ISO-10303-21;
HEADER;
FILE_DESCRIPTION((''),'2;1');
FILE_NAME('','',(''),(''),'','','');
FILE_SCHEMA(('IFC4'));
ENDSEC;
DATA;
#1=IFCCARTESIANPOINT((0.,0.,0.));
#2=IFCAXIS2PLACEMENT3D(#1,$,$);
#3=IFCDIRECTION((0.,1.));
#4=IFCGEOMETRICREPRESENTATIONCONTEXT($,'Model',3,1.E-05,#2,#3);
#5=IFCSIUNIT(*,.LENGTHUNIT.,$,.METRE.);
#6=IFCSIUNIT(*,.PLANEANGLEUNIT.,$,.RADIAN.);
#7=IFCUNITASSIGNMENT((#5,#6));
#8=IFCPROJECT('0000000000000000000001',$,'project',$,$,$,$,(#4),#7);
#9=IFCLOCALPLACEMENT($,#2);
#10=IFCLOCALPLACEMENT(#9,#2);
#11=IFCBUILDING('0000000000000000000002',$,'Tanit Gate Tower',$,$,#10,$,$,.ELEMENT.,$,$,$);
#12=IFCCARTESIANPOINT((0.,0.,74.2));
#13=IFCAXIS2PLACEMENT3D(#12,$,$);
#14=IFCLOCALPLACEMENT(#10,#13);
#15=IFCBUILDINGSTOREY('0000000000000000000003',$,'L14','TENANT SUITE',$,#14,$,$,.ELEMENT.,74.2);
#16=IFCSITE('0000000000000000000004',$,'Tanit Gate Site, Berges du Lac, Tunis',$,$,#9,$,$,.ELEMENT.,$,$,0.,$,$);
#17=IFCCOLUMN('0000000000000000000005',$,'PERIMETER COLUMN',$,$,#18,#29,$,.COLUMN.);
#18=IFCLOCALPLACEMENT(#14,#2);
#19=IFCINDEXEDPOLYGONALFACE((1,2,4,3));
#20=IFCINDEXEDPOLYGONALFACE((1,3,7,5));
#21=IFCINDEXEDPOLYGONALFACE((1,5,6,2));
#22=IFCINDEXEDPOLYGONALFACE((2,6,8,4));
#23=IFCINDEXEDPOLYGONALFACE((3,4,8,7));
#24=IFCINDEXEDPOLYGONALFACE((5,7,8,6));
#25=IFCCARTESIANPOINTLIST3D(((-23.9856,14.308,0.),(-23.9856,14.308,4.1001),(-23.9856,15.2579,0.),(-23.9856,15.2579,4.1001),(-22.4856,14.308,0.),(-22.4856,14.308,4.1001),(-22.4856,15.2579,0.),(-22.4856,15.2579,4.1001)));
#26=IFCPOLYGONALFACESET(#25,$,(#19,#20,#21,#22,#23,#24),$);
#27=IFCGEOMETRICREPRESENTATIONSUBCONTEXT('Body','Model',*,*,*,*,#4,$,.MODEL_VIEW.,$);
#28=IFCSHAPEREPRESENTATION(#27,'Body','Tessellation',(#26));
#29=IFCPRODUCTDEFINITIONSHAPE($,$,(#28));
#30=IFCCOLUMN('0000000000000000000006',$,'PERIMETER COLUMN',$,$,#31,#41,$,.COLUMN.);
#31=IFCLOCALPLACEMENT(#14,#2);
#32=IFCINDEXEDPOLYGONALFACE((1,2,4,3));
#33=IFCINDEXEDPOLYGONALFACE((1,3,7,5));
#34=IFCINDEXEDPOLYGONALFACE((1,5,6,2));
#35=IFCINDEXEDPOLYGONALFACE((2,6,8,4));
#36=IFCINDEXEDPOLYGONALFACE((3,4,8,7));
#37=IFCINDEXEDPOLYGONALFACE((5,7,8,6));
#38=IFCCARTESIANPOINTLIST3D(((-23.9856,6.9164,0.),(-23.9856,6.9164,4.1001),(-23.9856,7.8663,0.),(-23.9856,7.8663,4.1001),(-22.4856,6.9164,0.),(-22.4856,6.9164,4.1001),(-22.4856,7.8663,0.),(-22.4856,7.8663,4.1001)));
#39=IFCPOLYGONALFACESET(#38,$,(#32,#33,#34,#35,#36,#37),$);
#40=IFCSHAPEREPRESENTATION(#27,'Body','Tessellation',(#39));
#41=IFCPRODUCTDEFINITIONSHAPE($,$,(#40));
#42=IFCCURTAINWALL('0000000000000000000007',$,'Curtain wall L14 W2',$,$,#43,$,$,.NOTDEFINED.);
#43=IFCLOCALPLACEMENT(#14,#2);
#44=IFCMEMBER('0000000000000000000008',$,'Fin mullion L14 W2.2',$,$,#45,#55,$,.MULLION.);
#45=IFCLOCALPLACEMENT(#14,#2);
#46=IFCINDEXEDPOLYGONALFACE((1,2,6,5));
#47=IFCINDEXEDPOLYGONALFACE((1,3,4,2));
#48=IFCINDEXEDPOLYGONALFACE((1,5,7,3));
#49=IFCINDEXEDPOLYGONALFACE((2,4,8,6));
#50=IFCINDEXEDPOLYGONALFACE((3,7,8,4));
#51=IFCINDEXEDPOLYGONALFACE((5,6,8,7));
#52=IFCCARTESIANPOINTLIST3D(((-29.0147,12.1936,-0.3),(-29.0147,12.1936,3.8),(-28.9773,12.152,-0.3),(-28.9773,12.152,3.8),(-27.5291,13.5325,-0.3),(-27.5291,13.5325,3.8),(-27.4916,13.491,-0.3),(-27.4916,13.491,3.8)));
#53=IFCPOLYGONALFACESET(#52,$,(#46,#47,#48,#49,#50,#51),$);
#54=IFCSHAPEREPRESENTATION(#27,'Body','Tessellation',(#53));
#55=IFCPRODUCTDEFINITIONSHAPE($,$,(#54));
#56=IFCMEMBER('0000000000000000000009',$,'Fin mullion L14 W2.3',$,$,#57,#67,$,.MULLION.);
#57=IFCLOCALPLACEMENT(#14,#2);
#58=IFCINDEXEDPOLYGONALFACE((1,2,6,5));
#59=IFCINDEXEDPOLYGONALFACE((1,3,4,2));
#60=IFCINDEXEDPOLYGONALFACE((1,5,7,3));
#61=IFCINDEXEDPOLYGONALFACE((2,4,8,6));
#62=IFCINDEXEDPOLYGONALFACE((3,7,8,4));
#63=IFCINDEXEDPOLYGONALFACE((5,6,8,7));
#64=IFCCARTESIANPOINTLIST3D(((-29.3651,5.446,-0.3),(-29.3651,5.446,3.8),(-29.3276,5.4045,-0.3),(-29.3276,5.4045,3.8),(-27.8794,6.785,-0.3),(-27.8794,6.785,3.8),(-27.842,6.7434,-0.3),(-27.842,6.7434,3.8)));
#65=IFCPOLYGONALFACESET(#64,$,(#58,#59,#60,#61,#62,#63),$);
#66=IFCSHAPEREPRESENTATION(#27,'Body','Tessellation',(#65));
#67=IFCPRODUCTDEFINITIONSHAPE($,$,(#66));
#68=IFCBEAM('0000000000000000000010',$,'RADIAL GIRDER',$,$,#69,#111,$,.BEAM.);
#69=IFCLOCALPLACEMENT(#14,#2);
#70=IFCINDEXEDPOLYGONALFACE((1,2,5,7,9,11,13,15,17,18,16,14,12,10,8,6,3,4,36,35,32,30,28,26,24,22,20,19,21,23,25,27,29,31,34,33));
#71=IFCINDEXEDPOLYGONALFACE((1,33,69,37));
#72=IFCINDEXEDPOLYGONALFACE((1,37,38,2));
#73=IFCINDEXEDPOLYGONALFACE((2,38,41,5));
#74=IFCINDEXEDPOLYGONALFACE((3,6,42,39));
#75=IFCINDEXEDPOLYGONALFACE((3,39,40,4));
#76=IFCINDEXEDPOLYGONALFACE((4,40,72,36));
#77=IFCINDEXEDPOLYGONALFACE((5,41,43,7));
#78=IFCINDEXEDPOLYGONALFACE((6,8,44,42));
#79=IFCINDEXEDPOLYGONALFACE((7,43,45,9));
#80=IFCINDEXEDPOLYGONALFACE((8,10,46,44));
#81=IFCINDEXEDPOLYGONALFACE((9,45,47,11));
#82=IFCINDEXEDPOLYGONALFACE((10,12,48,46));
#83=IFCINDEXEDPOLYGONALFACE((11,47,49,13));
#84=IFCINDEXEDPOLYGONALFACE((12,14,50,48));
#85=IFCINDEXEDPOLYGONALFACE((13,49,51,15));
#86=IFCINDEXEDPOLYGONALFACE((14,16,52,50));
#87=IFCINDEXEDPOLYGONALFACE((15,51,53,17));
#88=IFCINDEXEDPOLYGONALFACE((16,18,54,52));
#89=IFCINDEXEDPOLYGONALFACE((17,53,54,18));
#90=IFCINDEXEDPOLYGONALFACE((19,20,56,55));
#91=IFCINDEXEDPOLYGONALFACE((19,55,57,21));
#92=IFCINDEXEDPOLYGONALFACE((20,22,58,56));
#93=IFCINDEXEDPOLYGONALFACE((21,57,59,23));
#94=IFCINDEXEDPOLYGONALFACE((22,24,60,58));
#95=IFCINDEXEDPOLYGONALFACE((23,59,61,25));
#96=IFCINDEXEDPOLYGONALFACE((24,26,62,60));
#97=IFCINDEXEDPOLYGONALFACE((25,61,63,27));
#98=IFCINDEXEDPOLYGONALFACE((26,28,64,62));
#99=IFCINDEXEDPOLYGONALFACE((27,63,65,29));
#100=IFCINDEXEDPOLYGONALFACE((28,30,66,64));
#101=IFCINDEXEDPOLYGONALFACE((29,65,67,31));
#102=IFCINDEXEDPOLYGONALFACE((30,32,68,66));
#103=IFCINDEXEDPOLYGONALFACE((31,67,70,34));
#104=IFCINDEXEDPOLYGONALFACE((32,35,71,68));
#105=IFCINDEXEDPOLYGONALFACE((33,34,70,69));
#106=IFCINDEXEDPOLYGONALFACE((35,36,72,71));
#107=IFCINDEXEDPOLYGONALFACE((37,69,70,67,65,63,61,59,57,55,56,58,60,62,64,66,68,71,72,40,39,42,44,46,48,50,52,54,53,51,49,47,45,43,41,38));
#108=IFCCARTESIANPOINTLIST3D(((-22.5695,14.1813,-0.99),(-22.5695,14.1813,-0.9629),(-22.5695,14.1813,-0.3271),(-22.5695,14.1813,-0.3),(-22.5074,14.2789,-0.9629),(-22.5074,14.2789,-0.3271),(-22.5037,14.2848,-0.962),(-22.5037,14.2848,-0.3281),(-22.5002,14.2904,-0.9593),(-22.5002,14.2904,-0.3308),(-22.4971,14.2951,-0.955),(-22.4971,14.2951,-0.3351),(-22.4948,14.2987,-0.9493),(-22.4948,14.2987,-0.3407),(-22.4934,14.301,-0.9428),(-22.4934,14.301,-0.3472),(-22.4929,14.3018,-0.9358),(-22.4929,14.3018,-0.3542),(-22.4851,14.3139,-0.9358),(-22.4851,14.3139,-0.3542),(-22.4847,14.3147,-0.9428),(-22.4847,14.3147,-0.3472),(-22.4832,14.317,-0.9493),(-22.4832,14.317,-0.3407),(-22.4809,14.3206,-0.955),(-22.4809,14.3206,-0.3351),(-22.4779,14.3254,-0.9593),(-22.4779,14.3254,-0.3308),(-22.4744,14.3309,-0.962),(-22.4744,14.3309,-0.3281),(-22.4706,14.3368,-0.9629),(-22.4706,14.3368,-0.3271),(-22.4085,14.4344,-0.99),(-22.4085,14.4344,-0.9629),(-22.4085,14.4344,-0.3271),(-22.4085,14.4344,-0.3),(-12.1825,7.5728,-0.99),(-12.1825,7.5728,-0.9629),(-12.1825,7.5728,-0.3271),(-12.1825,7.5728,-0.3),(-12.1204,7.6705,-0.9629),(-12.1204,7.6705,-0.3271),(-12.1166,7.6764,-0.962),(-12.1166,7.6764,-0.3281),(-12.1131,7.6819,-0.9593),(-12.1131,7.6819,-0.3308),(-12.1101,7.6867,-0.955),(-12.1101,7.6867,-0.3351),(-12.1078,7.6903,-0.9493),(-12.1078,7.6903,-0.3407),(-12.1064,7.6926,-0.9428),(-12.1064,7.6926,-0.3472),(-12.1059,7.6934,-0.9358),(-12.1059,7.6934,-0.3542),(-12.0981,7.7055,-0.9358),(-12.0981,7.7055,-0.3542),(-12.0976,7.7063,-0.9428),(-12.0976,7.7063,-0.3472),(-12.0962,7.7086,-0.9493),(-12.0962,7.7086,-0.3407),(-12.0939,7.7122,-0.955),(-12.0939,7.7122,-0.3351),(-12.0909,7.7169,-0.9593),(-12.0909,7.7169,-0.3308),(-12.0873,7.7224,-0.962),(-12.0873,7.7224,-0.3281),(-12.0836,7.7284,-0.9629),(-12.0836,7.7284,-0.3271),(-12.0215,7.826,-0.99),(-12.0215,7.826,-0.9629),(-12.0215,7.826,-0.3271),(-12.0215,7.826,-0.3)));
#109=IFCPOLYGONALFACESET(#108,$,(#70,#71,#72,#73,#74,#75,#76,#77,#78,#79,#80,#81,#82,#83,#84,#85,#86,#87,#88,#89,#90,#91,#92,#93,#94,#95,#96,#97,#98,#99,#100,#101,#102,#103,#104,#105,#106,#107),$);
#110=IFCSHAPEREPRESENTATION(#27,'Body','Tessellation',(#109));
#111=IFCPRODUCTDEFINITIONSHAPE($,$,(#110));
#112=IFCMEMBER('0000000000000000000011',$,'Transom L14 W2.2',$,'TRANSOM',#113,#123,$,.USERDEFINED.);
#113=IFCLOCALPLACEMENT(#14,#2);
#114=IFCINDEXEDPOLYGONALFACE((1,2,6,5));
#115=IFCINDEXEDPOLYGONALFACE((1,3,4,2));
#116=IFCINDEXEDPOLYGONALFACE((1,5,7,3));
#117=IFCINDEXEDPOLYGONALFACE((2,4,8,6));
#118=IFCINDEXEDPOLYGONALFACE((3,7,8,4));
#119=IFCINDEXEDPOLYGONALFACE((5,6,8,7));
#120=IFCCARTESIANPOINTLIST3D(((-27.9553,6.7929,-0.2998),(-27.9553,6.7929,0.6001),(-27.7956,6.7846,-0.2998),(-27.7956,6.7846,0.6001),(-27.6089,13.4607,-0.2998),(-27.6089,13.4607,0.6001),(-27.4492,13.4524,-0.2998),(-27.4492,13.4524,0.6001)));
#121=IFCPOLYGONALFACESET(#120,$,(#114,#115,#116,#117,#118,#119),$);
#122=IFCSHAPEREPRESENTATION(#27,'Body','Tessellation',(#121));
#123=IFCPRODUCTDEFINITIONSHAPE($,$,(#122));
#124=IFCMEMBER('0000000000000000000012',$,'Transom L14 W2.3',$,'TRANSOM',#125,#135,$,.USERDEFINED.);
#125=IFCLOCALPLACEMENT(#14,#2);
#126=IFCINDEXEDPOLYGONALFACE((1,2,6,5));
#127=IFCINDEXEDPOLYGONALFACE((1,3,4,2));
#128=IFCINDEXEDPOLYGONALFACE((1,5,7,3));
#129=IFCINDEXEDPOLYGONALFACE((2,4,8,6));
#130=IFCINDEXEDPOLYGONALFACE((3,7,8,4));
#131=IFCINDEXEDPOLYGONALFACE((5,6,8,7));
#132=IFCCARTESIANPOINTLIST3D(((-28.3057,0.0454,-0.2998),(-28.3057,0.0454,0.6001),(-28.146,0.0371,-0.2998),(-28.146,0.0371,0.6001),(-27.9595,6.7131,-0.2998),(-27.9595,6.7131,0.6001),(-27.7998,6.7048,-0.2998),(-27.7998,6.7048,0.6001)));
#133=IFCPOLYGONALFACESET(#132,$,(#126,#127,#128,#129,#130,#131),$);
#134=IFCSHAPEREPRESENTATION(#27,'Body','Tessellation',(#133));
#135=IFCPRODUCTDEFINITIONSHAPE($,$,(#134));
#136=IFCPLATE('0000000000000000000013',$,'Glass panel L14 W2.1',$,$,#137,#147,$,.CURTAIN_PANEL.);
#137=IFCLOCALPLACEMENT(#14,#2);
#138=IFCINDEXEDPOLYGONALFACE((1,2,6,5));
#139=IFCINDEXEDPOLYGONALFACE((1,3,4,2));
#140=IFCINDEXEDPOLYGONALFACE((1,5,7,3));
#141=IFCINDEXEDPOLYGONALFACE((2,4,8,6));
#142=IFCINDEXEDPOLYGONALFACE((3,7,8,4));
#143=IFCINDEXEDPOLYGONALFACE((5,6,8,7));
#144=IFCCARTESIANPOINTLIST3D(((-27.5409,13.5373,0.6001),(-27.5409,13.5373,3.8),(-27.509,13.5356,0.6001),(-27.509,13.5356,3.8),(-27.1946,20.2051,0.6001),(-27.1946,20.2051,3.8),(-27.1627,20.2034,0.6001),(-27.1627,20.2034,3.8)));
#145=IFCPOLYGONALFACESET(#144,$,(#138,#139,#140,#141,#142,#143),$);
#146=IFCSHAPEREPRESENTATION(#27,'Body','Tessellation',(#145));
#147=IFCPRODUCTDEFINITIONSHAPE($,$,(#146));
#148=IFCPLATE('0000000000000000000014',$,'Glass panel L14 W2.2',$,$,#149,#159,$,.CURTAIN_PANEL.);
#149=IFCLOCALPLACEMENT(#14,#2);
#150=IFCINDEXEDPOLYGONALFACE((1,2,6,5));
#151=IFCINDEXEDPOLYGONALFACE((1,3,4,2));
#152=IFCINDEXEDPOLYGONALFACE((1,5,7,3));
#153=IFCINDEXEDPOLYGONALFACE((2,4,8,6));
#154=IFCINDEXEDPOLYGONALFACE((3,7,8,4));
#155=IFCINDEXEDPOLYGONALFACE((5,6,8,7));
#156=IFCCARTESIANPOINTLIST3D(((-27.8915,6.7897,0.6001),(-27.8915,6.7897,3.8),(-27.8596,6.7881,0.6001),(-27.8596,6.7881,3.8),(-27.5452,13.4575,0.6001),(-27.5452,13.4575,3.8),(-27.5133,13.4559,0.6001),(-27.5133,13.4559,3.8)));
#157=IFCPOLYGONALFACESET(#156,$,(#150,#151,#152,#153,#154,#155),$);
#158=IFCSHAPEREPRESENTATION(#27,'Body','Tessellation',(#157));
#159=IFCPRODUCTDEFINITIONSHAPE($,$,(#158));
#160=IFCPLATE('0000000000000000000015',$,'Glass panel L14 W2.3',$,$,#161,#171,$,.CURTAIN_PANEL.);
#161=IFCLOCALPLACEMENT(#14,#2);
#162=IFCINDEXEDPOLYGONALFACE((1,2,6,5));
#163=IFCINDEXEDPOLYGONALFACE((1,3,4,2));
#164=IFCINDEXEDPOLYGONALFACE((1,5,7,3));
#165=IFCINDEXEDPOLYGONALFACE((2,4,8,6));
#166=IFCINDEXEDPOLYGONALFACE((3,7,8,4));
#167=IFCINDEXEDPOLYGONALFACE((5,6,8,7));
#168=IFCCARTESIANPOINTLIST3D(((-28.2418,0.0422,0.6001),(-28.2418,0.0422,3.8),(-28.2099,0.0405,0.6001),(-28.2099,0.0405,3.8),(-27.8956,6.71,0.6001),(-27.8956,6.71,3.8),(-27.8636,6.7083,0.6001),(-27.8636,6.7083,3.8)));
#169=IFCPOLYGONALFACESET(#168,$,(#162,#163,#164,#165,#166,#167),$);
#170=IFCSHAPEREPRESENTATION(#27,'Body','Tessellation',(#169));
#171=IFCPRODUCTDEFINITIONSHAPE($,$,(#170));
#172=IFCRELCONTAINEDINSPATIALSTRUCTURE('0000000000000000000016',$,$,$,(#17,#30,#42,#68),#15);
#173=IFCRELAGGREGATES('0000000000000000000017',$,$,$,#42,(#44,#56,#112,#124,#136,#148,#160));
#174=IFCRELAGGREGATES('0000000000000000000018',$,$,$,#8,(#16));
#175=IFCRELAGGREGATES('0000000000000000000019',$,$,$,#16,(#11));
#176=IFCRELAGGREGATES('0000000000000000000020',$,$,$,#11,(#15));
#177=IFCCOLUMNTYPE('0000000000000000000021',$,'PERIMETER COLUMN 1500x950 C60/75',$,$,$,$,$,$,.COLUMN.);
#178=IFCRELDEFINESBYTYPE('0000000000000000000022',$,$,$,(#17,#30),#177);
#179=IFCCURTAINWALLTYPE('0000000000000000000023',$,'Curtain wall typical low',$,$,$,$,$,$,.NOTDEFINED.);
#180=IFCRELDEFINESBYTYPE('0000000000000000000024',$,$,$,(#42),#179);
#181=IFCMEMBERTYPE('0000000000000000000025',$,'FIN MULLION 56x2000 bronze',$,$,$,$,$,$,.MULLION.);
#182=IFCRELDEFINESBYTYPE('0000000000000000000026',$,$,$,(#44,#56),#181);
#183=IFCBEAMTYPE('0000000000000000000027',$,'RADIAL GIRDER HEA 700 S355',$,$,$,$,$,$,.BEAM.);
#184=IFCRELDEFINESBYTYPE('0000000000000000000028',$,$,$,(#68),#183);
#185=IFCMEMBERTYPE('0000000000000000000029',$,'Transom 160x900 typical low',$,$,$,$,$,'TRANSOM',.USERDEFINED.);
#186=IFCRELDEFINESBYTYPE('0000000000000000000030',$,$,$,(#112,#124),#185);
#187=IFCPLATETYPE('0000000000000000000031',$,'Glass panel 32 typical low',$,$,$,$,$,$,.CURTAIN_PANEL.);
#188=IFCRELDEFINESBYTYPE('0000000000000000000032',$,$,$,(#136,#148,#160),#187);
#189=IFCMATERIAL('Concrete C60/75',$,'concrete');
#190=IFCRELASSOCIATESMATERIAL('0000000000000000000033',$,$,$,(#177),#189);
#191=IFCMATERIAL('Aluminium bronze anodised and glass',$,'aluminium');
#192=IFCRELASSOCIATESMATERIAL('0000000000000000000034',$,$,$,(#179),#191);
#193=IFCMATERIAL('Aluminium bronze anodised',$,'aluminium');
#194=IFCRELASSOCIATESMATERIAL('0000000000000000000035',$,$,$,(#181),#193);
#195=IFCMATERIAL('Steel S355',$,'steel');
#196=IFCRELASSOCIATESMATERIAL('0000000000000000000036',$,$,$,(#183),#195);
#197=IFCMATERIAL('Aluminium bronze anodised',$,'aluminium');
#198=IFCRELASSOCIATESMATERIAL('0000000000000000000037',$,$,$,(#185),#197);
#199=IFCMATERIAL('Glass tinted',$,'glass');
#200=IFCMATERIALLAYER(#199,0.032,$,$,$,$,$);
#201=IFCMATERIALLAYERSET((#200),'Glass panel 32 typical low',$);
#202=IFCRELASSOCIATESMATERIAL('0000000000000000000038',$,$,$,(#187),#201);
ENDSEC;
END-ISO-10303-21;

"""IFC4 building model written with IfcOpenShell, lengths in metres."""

from ifc_helpers import new_model, si_unit, direction, frame, origin, origin_2d, place, context, subcontext, project, spatial, rectangle, i_section, extrude, material, layer, layer_set, material_profile, profile_set, type_object, element, aggregate, save


model = new_model("IFC4")

# Units and contexts
model_context = context("Model", 3, precision=1e-05, world=origin(), true_north=direction((0.0, 1.0)))
body_context = subcontext(model_context, "Body", "Model", "MODEL_VIEW")
ifc_project = project(units=[si_unit("LENGTHUNIT", "METRE"), si_unit("PLANEANGLEUNIT", "RADIAN")], contexts=[model_context])

# Site, building, storey
site_placement = place(None, origin())
site = spatial("IfcSite", under=ifc_project, at=site_placement, Name="Tanit Gate Site, Berges du Lac, Tunis", CompositionType="ELEMENT", RefElevation=0.0)
building_placement = place(site_placement, origin())
building = spatial("IfcBuilding", under=site, at=building_placement, Name="Tanit Gate Tower", CompositionType="ELEMENT")
storey_placement = place(building_placement, frame((0.0, 0.0, 74.2)))
storey = spatial("IfcBuildingStorey", under=building, at=storey_placement, Name="L14", Description="TENANT SUITE", CompositionType="ELEMENT", Elevation=74.2)

# Columns
ifc_material_1 = material(Name="Concrete C60/75", Category="concrete")
ifc_material_profile_1 = material_profile(ifc_material_1, rectangle(XDim=1.5, YDim=0.95, at=origin_2d()), Name="RC 1500x950")
ifc_profile_set_1 = profile_set([ifc_material_profile_1], Name="Concrete C60/75")
column_type = type_object("IfcColumnType", Name="PERIMETER COLUMN 1500x950 C60/75", PredefinedType="COLUMN", material=ifc_profile_set_1)
for number, where, z_axis, x_axis, name in (
    (1, (-23.2356, 14.783, 0.0), (0.0, 0.0, 1.0), (-1.0, 0.0, 0.0), "PERIMETER COLUMN"),
    (2, (-23.2356, 7.3914, 0.0), (0.0, 0.0, 1.0), (-1.0, 0.0, 0.0), "PERIMETER COLUMN"),
):
    element("IfcColumn", number, at=place(storey_placement, frame(where, z_axis=z_axis, x_axis=x_axis)), inside=storey, type_object=column_type, Name=name, PredefinedType="COLUMN", context=body_context, shape_type="SweptSolid", body=[
        extrude(rectangle(XDim=1.5, YDim=0.95, at=origin_2d()), origin(), (0.0, 0.0, 1.0), 4.1001),
    ])

# Curtain wall, members
ifc_material_2 = material(Name="Aluminium bronze anodised and glass", Category="aluminium")
curtain_wall_type = type_object("IfcCurtainWallType", Name="Curtain wall typical low", PredefinedType="NOTDEFINED", material=ifc_material_2)
curtain_wall_placement = place(storey_placement, origin())
curtain_wall = element("IfcCurtainWall", 3, at=curtain_wall_placement, inside=storey, type_object=curtain_wall_type, Name="Curtain wall L14 W2", PredefinedType="NOTDEFINED")
ifc_material_3 = material(Name="Aluminium bronze anodised", Category="aluminium")
ifc_material_profile_2 = material_profile(ifc_material_3, rectangle(XDim=2.0, YDim=0.0559, at=origin_2d()), Name="56x2000 bronze fin mullion")
ifc_profile_set_2 = profile_set([ifc_material_profile_2], Name="Aluminium bronze anodised")
member_type_1 = type_object("IfcMemberType", Name="FIN MULLION 56x2000 bronze", PredefinedType="MULLION", material=ifc_profile_set_2)
member_1_placement = place(storey_placement, frame((-28.2532, 12.8423, -0.3), z_axis=(0.0, 0.0, 1.0), x_axis=(0.742829, 0.669481, 0.0)))
member_1 = element("IfcMember", 4, at=member_1_placement, type_object=member_type_1, Name="Fin mullion L14 W2.2", PredefinedType="MULLION", context=body_context, shape_type="SweptSolid", body=[
    extrude(rectangle(XDim=2.0, YDim=0.0559, at=origin_2d()), origin(), (0.0, 0.0, 1.0), 4.1001),
])
member_2_placement = place(storey_placement, frame((-28.6035, 6.0947, -0.3), z_axis=(0.0, 0.0, 1.0), x_axis=(0.742829, 0.669481, 0.0)))
member_2 = element("IfcMember", 5, at=member_2_placement, type_object=member_type_1, Name="Fin mullion L14 W2.3", PredefinedType="MULLION", context=body_context, shape_type="SweptSolid", body=[
    extrude(rectangle(XDim=2.0, YDim=0.0559, at=origin_2d()), origin(), (0.0, 0.0, 1.0), 4.1001),
])

# Beam
ifc_material_4 = material(Name="Steel S355", Category="steel")
ifc_material_profile_3 = material_profile(ifc_material_4, i_section(OverallWidth=0.3, OverallDepth=0.6899, WebThickness=0.0144, FlangeThickness=0.0271, FilletRadius=0.0271, at=origin_2d()), Name="HEA 700")
ifc_profile_set_3 = profile_set([ifc_material_profile_3], Name="Steel S355")
beam_type = type_object("IfcBeamType", Name="RADIAL GIRDER HEA 700 S355", PredefinedType="BEAM", material=ifc_profile_set_3)
beam_placement = place(storey_placement, frame((-22.489, 14.3079, -0.645), z_axis=(0.843716, -0.53679, 0.0), x_axis=(0.53679, 0.843716, 0.0)))
element("IfcBeam", 6, at=beam_placement, inside=storey, type_object=beam_type, Name="RADIAL GIRDER", PredefinedType="BEAM", context=body_context, shape_type="SweptSolid", body=[
    extrude(i_section(OverallWidth=0.3, OverallDepth=0.6899, WebThickness=0.0144, FlangeThickness=0.0271, FilletRadius=0.0271, at=origin_2d()), origin(), (0.0, 0.0, 1.0), 12.311),
])

# Members
ifc_material_5 = material(Name="Aluminium bronze anodised", Category="aluminium")
ifc_material_profile_4 = material_profile(ifc_material_5, rectangle(XDim=0.1599, YDim=0.8999, at=origin_2d()), Name="160x900 bronze transom")
ifc_profile_set_4 = profile_set([ifc_material_profile_4], Name="Aluminium bronze anodised")
member_type_2 = type_object("IfcMemberType", Name="Transom 160x900 typical low", ElementType="TRANSOM", PredefinedType="USERDEFINED", material=ifc_profile_set_4)
member_3_placement = place(storey_placement, frame((-27.5291, 13.4565, 0.1501), z_axis=(-0.051887, -0.998653, 0.0), x_axis=(0.998653, -0.051887, 0.0)))
member_3 = element("IfcMember", 7, at=member_3_placement, type_object=member_type_2, Name="Transom L14 W2.2", ObjectType="TRANSOM", PredefinedType="USERDEFINED", context=body_context, shape_type="SweptSolid", body=[
    extrude(rectangle(XDim=0.1599, YDim=0.8999, at=origin_2d()), origin(), (0.0, 0.0, 1.0), 6.6768),
])
member_4_placement = place(storey_placement, frame((-27.8796, 6.709, 0.1501), z_axis=(-0.051851, -0.998655, 0.0), x_axis=(0.998655, -0.051851, 0.0)))
member_4 = element("IfcMember", 8, at=member_4_placement, type_object=member_type_2, Name="Transom L14 W2.3", ObjectType="TRANSOM", PredefinedType="USERDEFINED", context=body_context, shape_type="SweptSolid", body=[
    extrude(rectangle(XDim=0.1599, YDim=0.8999, at=origin_2d()), origin(), (0.0, 0.0, 1.0), 6.6768),
])

# Plates
ifc_material_6 = material(Name="Glass tinted", Category="glass")
ifc_layer = layer(ifc_material_6, 0.032)
ifc_layer_set = layer_set([ifc_layer], Name="Glass panel 32 typical low")
plate_type = type_object("IfcPlateType", Name="Glass panel 32 typical low", PredefinedType="CURTAIN_PANEL", material=ifc_layer_set)
plate_1_placement = place(storey_placement, frame((-27.3518, 16.8704, 0.6001), z_axis=(0.0, 0.0, 1.0), x_axis=(-0.051865, -0.998654, 0.0)))
plate_1 = element("IfcPlate", 9, at=plate_1_placement, type_object=plate_type, Name="Glass panel L14 W2.1", PredefinedType="CURTAIN_PANEL", context=body_context, shape_type="SweptSolid", body=[
    extrude(rectangle(XDim=6.6768, YDim=0.032, at=origin_2d()), origin(), (0.0, 0.0, 1.0), 3.2),
])
plate_2_placement = place(storey_placement, frame((-27.7024, 10.1228, 0.6001), z_axis=(0.0, 0.0, 1.0), x_axis=(-0.051865, -0.998654, 0.0)))
plate_2 = element("IfcPlate", 10, at=plate_2_placement, type_object=plate_type, Name="Glass panel L14 W2.2", PredefinedType="CURTAIN_PANEL", context=body_context, shape_type="SweptSolid", body=[
    extrude(rectangle(XDim=6.6768, YDim=0.032, at=origin_2d()), origin(), (0.0, 0.0, 1.0), 3.2),
])
plate_3_placement = place(storey_placement, frame((-28.0527, 3.3752, 0.6001), z_axis=(0.0, 0.0, 1.0), x_axis=(-0.051865, -0.998654, 0.0)))
plate_3 = element("IfcPlate", 11, at=plate_3_placement, type_object=plate_type, Name="Glass panel L14 W2.3", PredefinedType="CURTAIN_PANEL", context=body_context, shape_type="SweptSolid", body=[
    extrude(rectangle(XDim=6.6768, YDim=0.032, at=origin_2d()), origin(), (0.0, 0.0, 1.0), 3.2),
])
aggregate(curtain_wall, [member_1, member_2, member_3, member_4, plate_1, plate_2, plate_3])

save(model, "model.ifc")
